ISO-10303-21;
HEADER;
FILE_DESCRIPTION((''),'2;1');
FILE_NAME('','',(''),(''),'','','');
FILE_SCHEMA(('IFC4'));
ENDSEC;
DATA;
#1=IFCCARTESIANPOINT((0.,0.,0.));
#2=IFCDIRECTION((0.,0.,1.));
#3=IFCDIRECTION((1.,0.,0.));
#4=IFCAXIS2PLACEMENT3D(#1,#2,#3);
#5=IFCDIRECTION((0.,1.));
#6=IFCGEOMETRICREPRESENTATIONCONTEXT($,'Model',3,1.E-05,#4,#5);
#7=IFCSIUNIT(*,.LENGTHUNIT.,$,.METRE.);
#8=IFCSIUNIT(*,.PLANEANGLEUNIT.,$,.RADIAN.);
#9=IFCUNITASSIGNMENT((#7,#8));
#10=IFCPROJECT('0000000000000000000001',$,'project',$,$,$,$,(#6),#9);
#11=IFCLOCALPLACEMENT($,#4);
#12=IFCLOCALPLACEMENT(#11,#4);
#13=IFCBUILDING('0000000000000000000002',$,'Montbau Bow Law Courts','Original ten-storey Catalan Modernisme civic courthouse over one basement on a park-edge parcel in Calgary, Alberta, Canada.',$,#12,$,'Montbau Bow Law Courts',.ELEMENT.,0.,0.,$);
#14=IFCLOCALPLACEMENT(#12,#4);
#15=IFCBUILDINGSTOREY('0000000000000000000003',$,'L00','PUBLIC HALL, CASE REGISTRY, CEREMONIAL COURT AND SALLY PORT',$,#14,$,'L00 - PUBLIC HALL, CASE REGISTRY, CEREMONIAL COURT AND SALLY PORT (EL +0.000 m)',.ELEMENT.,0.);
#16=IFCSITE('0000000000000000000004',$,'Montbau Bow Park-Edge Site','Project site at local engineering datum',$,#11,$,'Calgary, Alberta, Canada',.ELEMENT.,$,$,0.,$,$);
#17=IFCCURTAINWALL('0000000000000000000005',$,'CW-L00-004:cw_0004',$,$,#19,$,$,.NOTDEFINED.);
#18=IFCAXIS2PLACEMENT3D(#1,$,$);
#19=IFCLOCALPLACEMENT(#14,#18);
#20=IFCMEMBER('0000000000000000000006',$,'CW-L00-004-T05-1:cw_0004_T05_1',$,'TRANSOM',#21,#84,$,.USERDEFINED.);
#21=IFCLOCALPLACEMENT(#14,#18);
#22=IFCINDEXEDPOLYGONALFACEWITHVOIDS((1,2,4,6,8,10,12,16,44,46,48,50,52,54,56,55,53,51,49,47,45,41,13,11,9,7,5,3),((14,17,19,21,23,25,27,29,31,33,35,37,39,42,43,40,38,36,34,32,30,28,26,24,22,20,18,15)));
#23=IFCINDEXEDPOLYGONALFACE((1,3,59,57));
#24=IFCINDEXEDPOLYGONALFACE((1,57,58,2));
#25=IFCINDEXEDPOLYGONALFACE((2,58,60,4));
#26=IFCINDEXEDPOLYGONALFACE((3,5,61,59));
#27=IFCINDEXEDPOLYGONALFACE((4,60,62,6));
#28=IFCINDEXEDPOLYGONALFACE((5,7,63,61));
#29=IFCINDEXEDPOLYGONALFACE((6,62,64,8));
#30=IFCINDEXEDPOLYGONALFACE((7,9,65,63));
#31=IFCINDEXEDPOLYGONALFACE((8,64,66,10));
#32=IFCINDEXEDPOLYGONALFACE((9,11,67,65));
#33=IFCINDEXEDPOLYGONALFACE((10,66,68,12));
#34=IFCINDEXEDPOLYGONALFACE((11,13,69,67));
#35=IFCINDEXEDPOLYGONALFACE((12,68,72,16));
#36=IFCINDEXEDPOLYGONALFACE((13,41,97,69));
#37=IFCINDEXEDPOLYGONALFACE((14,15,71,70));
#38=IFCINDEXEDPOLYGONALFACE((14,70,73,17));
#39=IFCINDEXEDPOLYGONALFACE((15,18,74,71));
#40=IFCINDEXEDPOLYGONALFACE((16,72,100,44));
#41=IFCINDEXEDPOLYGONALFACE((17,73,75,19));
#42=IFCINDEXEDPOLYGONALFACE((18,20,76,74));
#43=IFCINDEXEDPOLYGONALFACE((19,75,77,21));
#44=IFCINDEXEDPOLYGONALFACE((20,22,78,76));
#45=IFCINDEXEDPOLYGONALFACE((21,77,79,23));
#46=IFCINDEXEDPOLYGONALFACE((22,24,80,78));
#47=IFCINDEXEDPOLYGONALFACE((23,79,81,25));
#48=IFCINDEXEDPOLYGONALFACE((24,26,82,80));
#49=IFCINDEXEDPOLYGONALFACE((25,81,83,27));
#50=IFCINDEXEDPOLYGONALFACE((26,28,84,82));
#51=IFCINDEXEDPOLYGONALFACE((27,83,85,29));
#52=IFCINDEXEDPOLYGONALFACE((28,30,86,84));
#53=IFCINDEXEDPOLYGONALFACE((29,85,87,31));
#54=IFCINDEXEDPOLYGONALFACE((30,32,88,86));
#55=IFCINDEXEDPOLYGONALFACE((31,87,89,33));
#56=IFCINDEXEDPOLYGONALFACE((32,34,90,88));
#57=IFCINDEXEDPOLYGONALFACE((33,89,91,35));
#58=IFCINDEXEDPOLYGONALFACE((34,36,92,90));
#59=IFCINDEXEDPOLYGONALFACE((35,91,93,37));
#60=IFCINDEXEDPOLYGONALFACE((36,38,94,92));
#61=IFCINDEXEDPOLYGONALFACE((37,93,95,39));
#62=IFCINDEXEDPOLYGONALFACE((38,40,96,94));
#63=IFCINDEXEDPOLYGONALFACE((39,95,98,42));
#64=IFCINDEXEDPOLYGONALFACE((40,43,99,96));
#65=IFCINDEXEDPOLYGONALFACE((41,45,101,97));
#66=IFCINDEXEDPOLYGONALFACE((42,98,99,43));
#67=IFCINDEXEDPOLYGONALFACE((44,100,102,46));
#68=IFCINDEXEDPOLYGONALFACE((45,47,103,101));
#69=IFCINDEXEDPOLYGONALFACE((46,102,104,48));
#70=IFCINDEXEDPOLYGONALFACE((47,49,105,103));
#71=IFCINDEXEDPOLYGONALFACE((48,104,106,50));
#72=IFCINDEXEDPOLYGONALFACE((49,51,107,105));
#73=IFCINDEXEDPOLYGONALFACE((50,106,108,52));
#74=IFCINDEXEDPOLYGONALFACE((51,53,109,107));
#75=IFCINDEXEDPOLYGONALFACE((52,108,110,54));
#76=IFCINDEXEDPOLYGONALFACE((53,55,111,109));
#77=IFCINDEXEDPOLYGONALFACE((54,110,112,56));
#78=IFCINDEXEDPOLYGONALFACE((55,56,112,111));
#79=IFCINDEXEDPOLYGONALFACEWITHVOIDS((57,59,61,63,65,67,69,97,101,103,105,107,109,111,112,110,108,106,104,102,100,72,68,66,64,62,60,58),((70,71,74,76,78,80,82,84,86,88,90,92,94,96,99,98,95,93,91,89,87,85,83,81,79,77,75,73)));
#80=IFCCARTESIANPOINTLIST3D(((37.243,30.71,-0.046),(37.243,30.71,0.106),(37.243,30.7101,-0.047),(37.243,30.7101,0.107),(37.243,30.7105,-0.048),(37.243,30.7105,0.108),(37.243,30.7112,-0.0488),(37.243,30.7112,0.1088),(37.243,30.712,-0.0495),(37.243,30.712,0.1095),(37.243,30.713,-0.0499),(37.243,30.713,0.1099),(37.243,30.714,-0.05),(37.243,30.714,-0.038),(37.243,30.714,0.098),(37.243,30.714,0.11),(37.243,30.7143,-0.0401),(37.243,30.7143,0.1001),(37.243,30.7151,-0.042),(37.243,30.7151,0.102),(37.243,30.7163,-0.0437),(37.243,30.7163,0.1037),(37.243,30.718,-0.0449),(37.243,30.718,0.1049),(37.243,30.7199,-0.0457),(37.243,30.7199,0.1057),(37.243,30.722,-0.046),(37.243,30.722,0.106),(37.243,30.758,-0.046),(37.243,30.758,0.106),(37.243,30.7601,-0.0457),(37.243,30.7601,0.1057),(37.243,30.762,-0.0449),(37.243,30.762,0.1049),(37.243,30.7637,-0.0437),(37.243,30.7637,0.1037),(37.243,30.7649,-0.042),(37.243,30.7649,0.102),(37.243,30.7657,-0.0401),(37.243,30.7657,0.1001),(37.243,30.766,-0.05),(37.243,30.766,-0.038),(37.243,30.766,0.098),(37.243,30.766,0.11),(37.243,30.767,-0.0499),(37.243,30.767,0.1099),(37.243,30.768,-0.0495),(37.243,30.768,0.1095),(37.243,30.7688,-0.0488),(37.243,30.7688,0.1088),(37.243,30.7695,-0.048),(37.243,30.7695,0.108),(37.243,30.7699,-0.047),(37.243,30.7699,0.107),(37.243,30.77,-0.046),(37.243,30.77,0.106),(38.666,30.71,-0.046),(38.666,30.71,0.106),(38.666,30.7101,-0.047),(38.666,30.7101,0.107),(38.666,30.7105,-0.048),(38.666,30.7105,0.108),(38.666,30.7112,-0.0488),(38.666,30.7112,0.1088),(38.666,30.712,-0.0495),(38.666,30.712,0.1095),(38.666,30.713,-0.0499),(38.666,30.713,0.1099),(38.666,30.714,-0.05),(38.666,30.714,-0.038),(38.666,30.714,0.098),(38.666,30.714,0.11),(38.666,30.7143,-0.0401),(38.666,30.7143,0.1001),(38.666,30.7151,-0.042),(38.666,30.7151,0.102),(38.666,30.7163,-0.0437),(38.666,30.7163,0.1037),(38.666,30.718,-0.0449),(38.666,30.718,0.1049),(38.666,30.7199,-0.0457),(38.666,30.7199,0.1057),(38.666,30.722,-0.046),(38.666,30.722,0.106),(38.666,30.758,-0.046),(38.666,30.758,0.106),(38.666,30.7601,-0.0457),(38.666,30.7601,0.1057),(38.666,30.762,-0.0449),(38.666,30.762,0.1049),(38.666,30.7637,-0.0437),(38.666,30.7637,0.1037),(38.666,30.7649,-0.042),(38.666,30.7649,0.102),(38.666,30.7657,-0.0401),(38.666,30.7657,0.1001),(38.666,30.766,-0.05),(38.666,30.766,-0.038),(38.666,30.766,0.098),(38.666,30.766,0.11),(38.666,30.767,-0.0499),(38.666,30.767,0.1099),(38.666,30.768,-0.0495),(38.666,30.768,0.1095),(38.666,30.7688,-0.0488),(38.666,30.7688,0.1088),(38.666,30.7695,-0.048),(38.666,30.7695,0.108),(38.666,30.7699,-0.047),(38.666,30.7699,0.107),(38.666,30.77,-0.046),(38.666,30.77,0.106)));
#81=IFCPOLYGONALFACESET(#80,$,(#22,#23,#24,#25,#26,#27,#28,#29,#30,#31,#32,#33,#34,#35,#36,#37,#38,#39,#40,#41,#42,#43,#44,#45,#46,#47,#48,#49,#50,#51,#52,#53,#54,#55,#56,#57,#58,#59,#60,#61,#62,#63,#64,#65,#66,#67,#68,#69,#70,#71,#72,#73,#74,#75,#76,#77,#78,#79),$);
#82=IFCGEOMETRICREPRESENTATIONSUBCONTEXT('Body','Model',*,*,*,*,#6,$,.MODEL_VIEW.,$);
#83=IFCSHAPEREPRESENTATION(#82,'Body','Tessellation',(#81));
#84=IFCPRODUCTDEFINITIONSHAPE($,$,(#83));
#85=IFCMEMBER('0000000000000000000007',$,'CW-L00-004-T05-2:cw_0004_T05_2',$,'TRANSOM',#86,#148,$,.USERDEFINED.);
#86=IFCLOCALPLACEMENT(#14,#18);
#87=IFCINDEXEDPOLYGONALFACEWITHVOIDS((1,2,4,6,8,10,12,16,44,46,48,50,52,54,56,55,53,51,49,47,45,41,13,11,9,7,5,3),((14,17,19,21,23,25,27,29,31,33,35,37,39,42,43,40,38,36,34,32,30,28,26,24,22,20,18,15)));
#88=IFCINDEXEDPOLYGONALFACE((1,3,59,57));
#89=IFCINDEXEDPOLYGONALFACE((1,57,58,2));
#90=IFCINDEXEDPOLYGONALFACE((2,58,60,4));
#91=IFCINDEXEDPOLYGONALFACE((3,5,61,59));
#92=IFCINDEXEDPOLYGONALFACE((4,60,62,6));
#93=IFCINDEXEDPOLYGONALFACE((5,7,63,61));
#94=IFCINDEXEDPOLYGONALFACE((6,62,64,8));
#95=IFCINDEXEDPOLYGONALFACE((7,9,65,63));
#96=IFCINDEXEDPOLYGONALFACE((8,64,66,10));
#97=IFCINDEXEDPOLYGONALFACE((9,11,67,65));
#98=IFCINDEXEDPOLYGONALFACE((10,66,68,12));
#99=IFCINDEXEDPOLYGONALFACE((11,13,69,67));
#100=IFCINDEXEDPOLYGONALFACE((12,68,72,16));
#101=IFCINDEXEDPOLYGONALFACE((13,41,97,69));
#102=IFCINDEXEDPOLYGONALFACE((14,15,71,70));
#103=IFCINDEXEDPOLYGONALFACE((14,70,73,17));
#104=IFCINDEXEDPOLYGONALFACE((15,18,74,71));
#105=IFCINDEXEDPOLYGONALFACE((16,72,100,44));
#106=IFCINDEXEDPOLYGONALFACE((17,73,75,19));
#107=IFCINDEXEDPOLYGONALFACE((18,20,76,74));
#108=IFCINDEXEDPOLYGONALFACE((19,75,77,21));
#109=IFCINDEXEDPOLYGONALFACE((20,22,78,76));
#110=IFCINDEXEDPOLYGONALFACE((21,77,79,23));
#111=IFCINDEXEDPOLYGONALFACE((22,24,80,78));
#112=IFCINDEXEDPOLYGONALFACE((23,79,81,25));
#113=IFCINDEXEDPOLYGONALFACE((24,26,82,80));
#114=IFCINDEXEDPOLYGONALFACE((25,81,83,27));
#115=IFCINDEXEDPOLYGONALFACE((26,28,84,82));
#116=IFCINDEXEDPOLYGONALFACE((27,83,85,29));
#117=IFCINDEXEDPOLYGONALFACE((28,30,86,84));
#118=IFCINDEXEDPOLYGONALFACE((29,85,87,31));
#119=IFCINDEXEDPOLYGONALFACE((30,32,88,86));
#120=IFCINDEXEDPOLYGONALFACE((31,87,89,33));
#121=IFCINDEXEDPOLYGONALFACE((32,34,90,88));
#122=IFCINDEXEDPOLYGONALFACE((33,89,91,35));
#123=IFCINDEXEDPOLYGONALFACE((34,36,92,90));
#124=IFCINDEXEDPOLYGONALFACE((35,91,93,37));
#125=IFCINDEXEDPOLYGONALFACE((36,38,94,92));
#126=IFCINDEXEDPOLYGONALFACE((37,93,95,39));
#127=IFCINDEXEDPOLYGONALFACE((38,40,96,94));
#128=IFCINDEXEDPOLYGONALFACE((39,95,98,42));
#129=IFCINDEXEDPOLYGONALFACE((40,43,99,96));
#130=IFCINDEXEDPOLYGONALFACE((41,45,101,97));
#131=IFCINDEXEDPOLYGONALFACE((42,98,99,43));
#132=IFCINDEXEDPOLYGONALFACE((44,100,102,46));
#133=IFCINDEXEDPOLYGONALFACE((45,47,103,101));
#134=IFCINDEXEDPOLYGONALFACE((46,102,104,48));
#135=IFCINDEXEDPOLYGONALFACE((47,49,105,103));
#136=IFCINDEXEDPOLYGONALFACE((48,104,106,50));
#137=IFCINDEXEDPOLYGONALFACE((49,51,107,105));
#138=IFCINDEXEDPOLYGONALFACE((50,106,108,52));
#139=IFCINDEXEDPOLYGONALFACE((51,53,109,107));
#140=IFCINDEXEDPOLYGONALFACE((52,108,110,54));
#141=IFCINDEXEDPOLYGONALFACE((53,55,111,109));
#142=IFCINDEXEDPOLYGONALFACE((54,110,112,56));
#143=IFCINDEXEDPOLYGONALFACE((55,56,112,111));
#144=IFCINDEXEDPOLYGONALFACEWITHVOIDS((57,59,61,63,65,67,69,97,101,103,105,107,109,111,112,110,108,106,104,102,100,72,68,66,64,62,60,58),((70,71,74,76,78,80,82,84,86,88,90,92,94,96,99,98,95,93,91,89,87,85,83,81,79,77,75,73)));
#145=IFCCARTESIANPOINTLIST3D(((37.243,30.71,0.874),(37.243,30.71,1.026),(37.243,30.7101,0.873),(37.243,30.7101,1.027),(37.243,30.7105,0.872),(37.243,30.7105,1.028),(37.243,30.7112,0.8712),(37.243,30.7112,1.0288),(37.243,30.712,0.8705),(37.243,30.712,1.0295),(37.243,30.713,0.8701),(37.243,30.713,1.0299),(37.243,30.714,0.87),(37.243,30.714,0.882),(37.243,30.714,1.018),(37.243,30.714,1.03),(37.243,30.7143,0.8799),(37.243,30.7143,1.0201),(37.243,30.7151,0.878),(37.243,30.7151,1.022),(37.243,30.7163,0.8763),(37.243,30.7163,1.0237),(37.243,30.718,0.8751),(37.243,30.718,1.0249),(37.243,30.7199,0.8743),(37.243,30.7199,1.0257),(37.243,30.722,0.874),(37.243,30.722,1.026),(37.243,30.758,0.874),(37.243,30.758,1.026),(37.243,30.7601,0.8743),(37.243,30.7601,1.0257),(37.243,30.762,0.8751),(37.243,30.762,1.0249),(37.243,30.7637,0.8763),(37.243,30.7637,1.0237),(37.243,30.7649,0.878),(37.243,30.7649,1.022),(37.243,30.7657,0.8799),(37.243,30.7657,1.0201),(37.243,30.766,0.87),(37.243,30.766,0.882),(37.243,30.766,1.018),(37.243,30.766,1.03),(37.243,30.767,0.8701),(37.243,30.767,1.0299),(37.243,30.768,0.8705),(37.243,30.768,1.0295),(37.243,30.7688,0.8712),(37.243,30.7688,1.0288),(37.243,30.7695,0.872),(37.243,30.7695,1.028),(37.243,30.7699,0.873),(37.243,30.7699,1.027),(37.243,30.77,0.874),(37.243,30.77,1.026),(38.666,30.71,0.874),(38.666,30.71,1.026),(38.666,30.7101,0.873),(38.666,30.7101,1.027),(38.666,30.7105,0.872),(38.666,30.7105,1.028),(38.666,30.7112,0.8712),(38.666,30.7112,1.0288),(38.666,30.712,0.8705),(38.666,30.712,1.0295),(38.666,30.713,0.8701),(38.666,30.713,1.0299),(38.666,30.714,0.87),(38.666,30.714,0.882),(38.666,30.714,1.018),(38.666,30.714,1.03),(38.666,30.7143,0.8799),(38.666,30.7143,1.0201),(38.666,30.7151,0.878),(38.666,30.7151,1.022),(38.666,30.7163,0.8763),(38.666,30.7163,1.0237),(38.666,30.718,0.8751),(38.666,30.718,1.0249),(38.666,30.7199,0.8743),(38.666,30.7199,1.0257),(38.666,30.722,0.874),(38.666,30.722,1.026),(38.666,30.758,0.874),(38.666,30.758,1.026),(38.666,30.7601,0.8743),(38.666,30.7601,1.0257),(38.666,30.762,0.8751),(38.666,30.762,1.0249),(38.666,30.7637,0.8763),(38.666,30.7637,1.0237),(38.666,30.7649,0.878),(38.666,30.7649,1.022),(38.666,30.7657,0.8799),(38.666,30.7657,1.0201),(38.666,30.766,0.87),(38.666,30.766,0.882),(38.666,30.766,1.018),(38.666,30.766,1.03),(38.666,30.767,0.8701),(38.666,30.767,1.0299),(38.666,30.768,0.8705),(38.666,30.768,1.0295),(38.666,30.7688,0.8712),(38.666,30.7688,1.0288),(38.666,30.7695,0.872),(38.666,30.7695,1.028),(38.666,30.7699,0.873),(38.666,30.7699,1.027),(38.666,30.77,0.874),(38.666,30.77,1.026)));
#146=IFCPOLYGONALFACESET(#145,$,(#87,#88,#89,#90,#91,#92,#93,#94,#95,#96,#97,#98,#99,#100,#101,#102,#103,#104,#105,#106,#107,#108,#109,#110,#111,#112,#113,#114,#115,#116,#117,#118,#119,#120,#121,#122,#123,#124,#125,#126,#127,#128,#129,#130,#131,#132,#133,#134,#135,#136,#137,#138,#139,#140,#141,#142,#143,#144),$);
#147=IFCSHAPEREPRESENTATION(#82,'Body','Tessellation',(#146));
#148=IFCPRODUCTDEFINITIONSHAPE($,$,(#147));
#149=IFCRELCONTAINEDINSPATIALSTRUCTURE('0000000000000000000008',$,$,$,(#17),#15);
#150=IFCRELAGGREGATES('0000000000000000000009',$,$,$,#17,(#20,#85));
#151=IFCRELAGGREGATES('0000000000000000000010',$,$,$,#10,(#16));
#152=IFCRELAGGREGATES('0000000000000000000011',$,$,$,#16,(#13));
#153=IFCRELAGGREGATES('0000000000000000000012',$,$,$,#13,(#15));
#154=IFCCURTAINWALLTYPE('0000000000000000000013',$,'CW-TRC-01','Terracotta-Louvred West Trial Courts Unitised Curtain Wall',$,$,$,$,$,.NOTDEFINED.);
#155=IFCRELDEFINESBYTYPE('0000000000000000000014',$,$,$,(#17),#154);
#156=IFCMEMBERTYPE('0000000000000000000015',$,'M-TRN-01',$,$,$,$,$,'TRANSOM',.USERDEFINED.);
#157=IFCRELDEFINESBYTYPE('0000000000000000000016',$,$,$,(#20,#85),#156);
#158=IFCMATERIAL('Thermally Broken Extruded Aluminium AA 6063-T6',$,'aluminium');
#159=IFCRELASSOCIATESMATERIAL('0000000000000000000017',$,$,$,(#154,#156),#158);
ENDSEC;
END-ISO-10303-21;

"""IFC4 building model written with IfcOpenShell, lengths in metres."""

from ifc_helpers import new_model, si_unit, direction, frame, origin_with_axes, origin_2d_with_axis, place, context, subcontext, project, spatial, hollow_rectangle, extrude, material, material_profile, profile_set, type_object, element, aggregate, save


model = new_model("IFC4")

# Units and contexts
model_context = context("Model", 3, precision=1e-05, world=origin_with_axes(), true_north=direction((0.0, 1.0)))
body_context = subcontext(model_context, "Body", "Model", "MODEL_VIEW")
ifc_project = project(units=[si_unit("LENGTHUNIT", "METRE"), si_unit("PLANEANGLEUNIT", "RADIAN")], contexts=[model_context])

# Site, building, storey
site_placement = place(None, origin_with_axes())
site = spatial("IfcSite", under=ifc_project, at=site_placement, Name="Montbau Bow Park-Edge Site", Description="Project site at local engineering datum", LongName="Calgary, Alberta, Canada", CompositionType="ELEMENT", RefElevation=0.0)
building_placement = place(site_placement, origin_with_axes())
building = spatial("IfcBuilding", under=site, at=building_placement, Name="Montbau Bow Law Courts", Description="Original ten-storey Catalan Modernisme civic courthouse over one basement on a park-edge parcel in Calgary, Alberta, Canada.", LongName="Montbau Bow Law Courts", CompositionType="ELEMENT", ElevationOfRefHeight=0.0, ElevationOfTerrain=0.0)
storey_placement = place(building_placement, origin_with_axes())
storey = spatial("IfcBuildingStorey", under=building, at=storey_placement, Name="L00", Description="PUBLIC HALL, CASE REGISTRY, CEREMONIAL COURT AND SALLY PORT", LongName="L00 - PUBLIC HALL, CASE REGISTRY, CEREMONIAL COURT AND SALLY PORT (EL +0.000 m)", CompositionType="ELEMENT", Elevation=0.0)

# Curtain wall
ifc_material_1 = material(Name="Thermally Broken Extruded Aluminium AA 6063-T6", Category="aluminium")
curtain_wall_type = type_object("IfcCurtainWallType", Name="CW-TRC-01", Description="Terracotta-Louvred West Trial Courts Unitised Curtain Wall", PredefinedType="NOTDEFINED", material=ifc_material_1)
curtain_wall_1_placement = place(None, frame((31.115, 30.74, 0.0), z_axis=(0.0, 0.0, 1.0), x_axis=(1.0, 0.0, 0.0)))
curtain_wall_1 = element("IfcCurtainWall", 1, at=curtain_wall_1_placement, inside=storey, type_object=curtain_wall_type, Name="CW-L00-004:cw_0004", PredefinedType="NOTDEFINED")

# Members
ifc_material_profile_1 = material_profile(ifc_material_1, hollow_rectangle(XDim=0.06, YDim=0.16, WallThickness=0.004, InnerFilletRadius=0.008, OuterFilletRadius=0.004, at=origin_2d_with_axis()), Name="CWT-160X60", Category="Main", Priority=0)
ifc_profile_set_1 = profile_set([ifc_material_profile_1], Name="Thermally Broken Extruded Aluminium AA 6063-T6")
member_type_1 = type_object("IfcMemberType", Name="M-TRN-01", ElementType="TRANSOM", PredefinedType="USERDEFINED", material=ifc_profile_set_1)
member_1_placement = place(None, frame((37.243, 30.74, 0.03), z_axis=(1.0, 0.0, 0.0), x_axis=(0.0, 1.0, 0.0)))
member_1 = element("IfcMember", 2, at=member_1_placement, type_object=member_type_1, Name="CW-L00-004-T05-1:cw_0004_T05_1", ObjectType="TRANSOM", PredefinedType="USERDEFINED", context=body_context, shape_type="SweptSolid", body=[
    extrude(hollow_rectangle(XDim=0.06, YDim=0.16, WallThickness=0.004, InnerFilletRadius=0.008, OuterFilletRadius=0.004, at=origin_2d_with_axis()), origin_with_axes(), (0.0, 0.0, 1.0), 1.423),
])
member_2_placement = place(None, frame((37.243, 30.74, 0.95), z_axis=(1.0, 0.0, 0.0), x_axis=(0.0, 1.0, 0.0)))
member_2 = element("IfcMember", 3, at=member_2_placement, type_object=member_type_1, Name="CW-L00-004-T05-2:cw_0004_T05_2", ObjectType="TRANSOM", PredefinedType="USERDEFINED", context=body_context, shape_type="SweptSolid", body=[
    extrude(hollow_rectangle(XDim=0.06, YDim=0.16, WallThickness=0.004, InnerFilletRadius=0.008, OuterFilletRadius=0.004, at=origin_2d_with_axis()), origin_with_axes(), (0.0, 0.0, 1.0), 1.423),
])
aggregate(curtain_wall_1, [member_1, member_2])

save(model, "model.ifc")
